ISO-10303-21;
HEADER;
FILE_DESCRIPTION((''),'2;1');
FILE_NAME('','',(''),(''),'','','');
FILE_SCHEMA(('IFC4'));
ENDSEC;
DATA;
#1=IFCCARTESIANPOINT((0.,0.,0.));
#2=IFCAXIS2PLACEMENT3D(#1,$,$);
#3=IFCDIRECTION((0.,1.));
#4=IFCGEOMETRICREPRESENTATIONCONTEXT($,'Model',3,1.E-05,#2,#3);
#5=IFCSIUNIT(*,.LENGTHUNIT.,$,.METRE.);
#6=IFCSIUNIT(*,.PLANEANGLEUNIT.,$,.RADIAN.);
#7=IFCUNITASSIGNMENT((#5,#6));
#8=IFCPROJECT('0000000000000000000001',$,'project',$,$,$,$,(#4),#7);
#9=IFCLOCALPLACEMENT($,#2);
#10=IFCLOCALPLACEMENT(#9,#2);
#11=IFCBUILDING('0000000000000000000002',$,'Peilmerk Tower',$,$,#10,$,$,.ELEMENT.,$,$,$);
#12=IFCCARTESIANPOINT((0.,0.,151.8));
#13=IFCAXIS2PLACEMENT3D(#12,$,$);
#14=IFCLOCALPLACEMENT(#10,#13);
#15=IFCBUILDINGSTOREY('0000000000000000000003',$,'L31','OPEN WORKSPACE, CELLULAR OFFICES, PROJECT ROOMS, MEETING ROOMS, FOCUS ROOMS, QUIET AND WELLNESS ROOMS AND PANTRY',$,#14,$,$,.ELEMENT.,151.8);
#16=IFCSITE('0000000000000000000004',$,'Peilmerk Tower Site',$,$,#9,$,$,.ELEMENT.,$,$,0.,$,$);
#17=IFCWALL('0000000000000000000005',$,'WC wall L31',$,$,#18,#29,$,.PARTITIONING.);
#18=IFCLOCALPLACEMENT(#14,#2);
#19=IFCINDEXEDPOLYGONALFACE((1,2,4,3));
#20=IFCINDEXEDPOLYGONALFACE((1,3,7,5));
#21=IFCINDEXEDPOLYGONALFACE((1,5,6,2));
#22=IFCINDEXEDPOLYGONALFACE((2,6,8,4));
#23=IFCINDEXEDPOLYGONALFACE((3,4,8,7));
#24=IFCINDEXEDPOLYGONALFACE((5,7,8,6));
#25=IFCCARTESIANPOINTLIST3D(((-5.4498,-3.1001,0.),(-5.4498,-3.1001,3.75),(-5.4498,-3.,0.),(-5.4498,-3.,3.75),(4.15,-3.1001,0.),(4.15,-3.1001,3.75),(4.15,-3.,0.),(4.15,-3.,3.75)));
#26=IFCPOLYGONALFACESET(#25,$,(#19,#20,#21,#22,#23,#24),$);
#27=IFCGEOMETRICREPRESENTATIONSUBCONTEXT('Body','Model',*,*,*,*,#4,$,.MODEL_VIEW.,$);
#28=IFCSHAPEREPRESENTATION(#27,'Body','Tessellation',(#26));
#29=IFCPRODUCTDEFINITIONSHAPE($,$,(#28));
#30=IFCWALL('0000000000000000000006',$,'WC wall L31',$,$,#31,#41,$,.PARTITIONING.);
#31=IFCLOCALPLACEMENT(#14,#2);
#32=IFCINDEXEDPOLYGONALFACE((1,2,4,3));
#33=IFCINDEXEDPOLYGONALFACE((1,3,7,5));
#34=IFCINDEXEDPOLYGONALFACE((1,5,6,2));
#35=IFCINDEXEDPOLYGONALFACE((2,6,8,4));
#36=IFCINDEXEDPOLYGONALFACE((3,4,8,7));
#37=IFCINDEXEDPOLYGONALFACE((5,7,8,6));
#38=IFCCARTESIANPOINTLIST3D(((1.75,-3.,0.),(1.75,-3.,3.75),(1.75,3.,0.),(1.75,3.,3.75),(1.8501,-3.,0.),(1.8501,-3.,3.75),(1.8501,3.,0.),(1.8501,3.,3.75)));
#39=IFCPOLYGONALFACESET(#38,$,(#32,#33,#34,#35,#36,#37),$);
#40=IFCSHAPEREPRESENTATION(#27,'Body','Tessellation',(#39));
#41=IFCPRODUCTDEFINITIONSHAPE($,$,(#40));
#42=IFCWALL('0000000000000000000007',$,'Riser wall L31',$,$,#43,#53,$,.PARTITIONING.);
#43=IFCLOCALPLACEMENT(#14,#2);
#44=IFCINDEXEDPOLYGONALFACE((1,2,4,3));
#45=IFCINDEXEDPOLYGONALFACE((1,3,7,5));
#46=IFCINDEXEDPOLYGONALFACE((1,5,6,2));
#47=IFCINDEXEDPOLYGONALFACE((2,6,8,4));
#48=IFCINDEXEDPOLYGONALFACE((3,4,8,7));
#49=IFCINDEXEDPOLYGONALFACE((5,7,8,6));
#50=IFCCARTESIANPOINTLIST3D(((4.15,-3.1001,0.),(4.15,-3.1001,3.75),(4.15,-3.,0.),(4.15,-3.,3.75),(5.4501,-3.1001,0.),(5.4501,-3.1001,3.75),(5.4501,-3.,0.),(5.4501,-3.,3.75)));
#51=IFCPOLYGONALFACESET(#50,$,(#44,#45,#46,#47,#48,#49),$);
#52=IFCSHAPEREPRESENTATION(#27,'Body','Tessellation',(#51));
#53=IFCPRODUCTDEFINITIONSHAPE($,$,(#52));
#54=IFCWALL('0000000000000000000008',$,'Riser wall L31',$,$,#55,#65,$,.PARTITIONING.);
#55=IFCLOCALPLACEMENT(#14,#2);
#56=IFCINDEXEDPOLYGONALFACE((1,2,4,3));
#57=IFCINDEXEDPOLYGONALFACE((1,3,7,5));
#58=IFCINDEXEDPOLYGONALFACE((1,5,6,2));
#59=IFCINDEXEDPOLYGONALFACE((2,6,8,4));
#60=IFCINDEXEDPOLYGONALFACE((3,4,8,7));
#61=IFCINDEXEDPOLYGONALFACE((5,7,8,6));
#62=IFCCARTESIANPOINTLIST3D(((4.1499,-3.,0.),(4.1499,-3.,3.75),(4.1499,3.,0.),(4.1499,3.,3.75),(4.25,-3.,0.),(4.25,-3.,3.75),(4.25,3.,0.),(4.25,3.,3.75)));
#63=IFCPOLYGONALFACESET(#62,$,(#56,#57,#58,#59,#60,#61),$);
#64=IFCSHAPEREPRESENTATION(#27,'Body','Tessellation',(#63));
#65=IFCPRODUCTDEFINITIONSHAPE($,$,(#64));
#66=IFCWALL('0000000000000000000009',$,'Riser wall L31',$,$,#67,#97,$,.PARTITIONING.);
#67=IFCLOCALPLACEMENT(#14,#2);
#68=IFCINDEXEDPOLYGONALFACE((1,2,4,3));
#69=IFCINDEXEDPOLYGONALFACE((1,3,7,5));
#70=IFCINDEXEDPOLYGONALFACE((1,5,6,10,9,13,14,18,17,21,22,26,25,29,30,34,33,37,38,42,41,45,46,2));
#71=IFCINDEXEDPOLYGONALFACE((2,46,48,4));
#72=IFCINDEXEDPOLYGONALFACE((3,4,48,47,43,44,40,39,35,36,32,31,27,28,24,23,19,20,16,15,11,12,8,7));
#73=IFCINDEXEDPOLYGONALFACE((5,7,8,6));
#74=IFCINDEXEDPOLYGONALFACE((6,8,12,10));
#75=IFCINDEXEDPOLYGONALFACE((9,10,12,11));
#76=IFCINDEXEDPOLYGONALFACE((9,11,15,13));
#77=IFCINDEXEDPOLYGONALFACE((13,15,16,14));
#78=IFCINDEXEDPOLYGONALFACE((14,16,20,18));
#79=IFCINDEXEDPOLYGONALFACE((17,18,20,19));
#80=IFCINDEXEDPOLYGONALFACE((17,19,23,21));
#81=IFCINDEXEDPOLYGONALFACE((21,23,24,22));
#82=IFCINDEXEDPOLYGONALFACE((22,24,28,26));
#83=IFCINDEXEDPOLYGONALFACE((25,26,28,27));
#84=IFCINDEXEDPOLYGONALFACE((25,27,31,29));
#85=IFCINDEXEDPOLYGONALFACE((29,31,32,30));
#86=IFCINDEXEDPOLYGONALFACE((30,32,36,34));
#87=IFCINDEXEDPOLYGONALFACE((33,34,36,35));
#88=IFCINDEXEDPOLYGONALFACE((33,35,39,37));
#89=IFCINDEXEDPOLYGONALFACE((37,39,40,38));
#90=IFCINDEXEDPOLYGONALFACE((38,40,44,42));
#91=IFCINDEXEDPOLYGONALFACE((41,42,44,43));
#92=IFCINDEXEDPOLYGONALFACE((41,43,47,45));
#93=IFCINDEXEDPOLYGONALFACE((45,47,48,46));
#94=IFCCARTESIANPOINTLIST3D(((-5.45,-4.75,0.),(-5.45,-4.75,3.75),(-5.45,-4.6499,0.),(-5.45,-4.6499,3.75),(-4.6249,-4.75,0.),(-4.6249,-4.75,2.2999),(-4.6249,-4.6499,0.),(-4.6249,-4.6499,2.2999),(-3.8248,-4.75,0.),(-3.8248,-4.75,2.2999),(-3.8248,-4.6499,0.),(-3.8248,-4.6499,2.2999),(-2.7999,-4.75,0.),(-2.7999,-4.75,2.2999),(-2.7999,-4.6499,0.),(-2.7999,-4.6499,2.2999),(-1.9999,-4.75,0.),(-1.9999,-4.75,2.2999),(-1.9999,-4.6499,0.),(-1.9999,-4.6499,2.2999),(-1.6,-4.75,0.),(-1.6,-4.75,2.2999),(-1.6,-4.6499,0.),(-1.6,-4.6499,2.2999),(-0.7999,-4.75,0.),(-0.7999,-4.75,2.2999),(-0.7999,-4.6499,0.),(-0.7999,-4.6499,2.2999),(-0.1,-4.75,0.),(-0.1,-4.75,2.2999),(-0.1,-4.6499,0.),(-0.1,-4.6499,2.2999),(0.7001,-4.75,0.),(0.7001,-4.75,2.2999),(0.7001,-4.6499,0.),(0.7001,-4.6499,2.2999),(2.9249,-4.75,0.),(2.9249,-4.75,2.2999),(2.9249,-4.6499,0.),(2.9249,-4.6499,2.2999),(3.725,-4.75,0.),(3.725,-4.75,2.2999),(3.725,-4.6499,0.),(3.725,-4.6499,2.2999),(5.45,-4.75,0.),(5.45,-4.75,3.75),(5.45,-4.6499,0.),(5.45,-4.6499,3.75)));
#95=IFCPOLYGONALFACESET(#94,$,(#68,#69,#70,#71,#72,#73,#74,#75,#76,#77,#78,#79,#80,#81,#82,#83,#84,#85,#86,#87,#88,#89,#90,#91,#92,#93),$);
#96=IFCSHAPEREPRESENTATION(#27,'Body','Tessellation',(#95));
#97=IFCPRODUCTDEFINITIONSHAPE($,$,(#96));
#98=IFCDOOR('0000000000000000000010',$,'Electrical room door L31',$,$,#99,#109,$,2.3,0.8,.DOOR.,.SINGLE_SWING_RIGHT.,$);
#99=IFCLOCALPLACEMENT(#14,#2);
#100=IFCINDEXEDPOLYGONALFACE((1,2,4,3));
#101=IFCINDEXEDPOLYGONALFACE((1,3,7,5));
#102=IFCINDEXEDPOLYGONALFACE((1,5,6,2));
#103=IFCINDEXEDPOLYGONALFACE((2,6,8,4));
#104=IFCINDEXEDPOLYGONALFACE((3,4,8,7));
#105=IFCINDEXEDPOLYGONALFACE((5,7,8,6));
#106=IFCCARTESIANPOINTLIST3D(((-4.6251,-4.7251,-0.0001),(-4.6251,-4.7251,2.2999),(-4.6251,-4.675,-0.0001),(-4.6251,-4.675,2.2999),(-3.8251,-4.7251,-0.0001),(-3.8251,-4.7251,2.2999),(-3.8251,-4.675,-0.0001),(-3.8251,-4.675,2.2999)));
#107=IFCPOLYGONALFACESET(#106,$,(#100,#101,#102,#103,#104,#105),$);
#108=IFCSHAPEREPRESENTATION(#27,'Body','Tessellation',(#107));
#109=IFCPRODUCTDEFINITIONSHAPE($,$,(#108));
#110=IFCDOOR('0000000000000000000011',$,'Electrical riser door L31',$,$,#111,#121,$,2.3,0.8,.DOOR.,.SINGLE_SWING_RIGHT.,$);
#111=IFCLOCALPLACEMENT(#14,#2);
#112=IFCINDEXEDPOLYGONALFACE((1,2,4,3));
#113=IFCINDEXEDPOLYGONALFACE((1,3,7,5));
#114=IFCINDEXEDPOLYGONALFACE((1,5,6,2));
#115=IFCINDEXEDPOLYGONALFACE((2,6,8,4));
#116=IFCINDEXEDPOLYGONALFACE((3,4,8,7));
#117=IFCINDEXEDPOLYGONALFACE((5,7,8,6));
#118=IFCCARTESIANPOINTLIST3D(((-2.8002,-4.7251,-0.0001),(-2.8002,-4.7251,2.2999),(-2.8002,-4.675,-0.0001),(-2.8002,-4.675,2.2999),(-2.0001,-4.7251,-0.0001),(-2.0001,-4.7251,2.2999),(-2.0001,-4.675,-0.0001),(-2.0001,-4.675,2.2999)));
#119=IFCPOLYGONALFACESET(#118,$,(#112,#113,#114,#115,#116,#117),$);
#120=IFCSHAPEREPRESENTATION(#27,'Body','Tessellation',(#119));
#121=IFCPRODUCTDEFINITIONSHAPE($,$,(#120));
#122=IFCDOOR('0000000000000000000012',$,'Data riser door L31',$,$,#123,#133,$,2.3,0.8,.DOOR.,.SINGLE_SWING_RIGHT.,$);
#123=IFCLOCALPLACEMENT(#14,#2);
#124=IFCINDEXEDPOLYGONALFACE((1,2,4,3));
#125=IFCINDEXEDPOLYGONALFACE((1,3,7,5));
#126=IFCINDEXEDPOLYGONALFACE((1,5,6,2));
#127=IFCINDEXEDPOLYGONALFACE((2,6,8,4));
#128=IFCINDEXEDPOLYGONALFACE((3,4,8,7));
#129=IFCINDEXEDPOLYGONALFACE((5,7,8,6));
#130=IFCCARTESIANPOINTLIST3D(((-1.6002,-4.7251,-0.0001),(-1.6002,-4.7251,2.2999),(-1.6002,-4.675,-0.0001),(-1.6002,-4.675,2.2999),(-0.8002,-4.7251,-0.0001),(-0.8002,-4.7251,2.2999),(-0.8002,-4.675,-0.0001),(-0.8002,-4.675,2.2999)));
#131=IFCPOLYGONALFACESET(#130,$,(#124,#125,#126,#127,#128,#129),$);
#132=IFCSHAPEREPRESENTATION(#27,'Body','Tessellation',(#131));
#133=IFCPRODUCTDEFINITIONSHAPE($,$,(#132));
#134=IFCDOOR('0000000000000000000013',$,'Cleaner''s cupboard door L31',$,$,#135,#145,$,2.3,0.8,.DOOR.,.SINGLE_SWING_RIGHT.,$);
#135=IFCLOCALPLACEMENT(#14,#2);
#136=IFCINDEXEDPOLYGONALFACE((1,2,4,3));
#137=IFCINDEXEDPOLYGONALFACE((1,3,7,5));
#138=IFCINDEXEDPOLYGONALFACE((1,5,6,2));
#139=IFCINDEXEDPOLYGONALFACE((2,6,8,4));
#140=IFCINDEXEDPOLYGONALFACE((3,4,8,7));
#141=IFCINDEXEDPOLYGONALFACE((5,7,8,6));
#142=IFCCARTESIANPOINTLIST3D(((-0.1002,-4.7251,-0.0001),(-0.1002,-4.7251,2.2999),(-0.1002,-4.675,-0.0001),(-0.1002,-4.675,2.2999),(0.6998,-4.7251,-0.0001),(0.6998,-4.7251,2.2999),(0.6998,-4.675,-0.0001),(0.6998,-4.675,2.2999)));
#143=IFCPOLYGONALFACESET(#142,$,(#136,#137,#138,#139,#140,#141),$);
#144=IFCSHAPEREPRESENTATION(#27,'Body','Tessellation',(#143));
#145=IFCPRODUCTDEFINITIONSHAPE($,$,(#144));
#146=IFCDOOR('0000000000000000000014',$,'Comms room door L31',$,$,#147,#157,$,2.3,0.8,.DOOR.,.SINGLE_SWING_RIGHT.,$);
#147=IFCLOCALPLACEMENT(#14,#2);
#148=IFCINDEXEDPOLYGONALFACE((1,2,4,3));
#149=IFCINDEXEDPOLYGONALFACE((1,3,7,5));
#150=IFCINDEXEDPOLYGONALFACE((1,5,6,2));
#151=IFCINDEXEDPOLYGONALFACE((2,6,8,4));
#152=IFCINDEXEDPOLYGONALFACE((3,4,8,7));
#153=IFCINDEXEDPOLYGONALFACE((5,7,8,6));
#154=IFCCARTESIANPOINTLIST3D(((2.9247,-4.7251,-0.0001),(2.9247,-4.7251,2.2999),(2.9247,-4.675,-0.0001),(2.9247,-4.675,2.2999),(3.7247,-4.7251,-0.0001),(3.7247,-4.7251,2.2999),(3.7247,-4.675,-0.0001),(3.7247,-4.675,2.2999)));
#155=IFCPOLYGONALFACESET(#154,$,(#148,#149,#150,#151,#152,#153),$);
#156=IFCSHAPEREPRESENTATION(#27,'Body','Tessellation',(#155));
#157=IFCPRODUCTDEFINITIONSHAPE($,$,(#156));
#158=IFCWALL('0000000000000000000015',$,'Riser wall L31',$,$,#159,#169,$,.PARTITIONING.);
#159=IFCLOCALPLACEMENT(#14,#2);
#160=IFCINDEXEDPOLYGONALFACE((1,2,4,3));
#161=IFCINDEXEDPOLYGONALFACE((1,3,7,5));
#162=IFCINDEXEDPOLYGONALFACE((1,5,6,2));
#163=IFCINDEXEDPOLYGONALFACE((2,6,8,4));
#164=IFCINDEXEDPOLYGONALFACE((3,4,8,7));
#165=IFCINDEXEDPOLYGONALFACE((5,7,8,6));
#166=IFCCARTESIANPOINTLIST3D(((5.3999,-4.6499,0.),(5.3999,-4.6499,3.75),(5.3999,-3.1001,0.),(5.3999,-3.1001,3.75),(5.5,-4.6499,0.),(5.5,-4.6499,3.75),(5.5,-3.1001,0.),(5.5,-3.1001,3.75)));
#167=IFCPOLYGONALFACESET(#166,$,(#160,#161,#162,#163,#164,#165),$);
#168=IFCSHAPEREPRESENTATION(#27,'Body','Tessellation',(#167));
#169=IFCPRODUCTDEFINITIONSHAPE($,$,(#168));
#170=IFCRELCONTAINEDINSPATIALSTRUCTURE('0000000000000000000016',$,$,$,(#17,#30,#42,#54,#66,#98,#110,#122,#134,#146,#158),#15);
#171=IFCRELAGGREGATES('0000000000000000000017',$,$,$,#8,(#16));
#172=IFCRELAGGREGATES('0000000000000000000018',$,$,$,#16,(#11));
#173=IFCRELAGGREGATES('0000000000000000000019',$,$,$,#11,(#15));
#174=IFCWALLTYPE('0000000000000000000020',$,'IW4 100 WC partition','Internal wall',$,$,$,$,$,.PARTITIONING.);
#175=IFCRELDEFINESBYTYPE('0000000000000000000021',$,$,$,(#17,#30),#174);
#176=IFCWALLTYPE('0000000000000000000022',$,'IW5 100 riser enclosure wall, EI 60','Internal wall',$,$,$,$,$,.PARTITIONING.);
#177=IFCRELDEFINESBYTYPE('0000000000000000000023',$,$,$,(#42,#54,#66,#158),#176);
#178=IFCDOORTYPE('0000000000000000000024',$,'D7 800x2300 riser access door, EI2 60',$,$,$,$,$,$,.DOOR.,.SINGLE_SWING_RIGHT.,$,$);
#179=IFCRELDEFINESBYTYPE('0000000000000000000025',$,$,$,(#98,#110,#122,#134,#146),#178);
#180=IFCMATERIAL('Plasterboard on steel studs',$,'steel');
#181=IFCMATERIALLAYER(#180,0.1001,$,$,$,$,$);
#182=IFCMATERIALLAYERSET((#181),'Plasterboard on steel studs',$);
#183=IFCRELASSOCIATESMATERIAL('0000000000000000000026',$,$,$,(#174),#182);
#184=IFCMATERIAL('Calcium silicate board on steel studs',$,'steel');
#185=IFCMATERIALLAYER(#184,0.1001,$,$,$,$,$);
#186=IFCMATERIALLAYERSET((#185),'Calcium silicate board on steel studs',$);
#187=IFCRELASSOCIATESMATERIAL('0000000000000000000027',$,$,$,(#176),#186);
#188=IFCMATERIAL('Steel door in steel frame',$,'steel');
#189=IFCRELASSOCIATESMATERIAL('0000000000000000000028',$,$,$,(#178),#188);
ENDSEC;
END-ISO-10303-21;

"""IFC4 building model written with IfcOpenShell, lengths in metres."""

from ifc_helpers import new_model, si_unit, direction, frame, frame_2d, origin, place, context, subcontext, project, spatial, rectangle, extrude, material, layer, layer_set, type_object, element, fill, save


model = new_model("IFC4")

# Units and contexts
model_context = context("Model", 3, precision=1e-05, world=origin(), true_north=direction((0.0, 1.0)))
body_context = subcontext(model_context, "Body", "Model", "MODEL_VIEW")
ifc_project = project(units=[si_unit("LENGTHUNIT", "METRE"), si_unit("PLANEANGLEUNIT", "RADIAN")], contexts=[model_context])

# Site, building, storey
site_placement = place(None, origin())
site = spatial("IfcSite", under=ifc_project, at=site_placement, Name="Peilmerk Tower Site", CompositionType="ELEMENT", RefElevation=0.0)
building_placement = place(site_placement, origin())
building = spatial("IfcBuilding", under=site, at=building_placement, Name="Peilmerk Tower", CompositionType="ELEMENT")
storey_placement = place(building_placement, frame((0.0, 0.0, 151.8)))
storey = spatial("IfcBuildingStorey", under=building, at=storey_placement, Name="L31", Description="OPEN WORKSPACE, CELLULAR OFFICES, PROJECT ROOMS, MEETING ROOMS, FOCUS ROOMS, QUIET AND WELLNESS ROOMS AND PANTRY", CompositionType="ELEMENT", Elevation=151.8)

# Walls
ifc_material_1 = material(Name="Plasterboard on steel studs", Category="steel")
ifc_layer_1 = layer(ifc_material_1, 0.1001)
ifc_layer_set_1 = layer_set([ifc_layer_1], Name="Plasterboard on steel studs")
wall_type_1 = type_object("IfcWallType", Name="IW4 100 WC partition", Description="Internal wall", PredefinedType="PARTITIONING", material=ifc_layer_set_1)
wall_1_placement = place(storey_placement, frame((4.1499, -3.05, 0.0), z_axis=(0.0, 0.0, 1.0), x_axis=(-1.0, 0.0, 0.0)))
element("IfcWall", 1, at=wall_1_placement, inside=storey, type_object=wall_type_1, Name="WC wall L31", PredefinedType="PARTITIONING", context=body_context, shape_type="SweptSolid", body=[
    extrude(rectangle(XDim=9.5999, YDim=0.1001, at=frame_2d((4.7998, 0.0))), origin(), (0.0, 0.0, 1.0), 3.75),
])
wall_2_placement = place(storey_placement, frame((1.8, -3.0, 0.0), z_axis=(0.0, 0.0, 1.0), x_axis=(0.0, 1.0, 0.0)))
element("IfcWall", 2, at=wall_2_placement, inside=storey, type_object=wall_type_1, Name="WC wall L31", PredefinedType="PARTITIONING", context=body_context, shape_type="SweptSolid", body=[
    extrude(rectangle(XDim=6.0, YDim=0.1001, at=frame_2d((3.0, 0.0))), origin(), (0.0, 0.0, 1.0), 3.75),
])
ifc_material_2 = material(Name="Calcium silicate board on steel studs", Category="steel")
ifc_layer_2 = layer(ifc_material_2, 0.1001)
ifc_layer_set_2 = layer_set([ifc_layer_2], Name="Calcium silicate board on steel studs")
wall_type_2 = type_object("IfcWallType", Name="IW5 100 riser enclosure wall, EI 60", Description="Internal wall", PredefinedType="PARTITIONING", material=ifc_layer_set_2)
wall_3_placement = place(storey_placement, frame((5.45, -3.05, 0.0), z_axis=(0.0, 0.0, 1.0), x_axis=(-1.0, 0.0, 0.0)))
element("IfcWall", 3, at=wall_3_placement, inside=storey, type_object=wall_type_2, Name="Riser wall L31", PredefinedType="PARTITIONING", context=body_context, shape_type="SweptSolid", body=[
    extrude(rectangle(XDim=1.3, YDim=0.1001, at=frame_2d((0.6499, 0.0))), origin(), (0.0, 0.0, 1.0), 3.75),
])
wall_4_placement = place(storey_placement, frame((4.2, -3.0, 0.0), z_axis=(0.0, 0.0, 1.0), x_axis=(0.0, 1.0, 0.0)))
element("IfcWall", 4, at=wall_4_placement, inside=storey, type_object=wall_type_2, Name="Riser wall L31", PredefinedType="PARTITIONING", context=body_context, shape_type="SweptSolid", body=[
    extrude(rectangle(XDim=6.0, YDim=0.1001, at=frame_2d((3.0, 0.0))), origin(), (0.0, 0.0, 1.0), 3.75),
])

# Wall, openings, doors
wall_5_placement = place(storey_placement, frame((5.45, -4.7, 0.0), z_axis=(0.0, 0.0, 1.0), x_axis=(-1.0, 0.0, 0.0)))
wall_5 = element("IfcWall", 5, at=wall_5_placement, inside=storey, type_object=wall_type_2, Name="Riser wall L31", PredefinedType="PARTITIONING", context=body_context, shape_type="SweptSolid", body=[
    extrude(rectangle(XDim=10.8999, YDim=0.1001, at=frame_2d((5.45, 0.0))), origin(), (0.0, 0.0, 1.0), 3.75),
])
opening_1_placement = place(wall_5_placement, frame((9.2749, 0.0, 0.0)))
opening_1 = element("IfcOpeningElement", 6, at=opening_1_placement, cuts=wall_5, PredefinedType="OPENING", context=body_context, shape_type="SweptSolid", body=[
    extrude(rectangle(XDim=0.8, YDim=2.3, at=frame_2d((0.3999, 1.1499))), frame((0.0, 0.0601, 0.0), z_axis=(0.0, -1.0, 0.0), x_axis=(1.0, 0.0, 0.0)), (0.0, 0.0, 1.0), 0.1201),
])
opening_2_placement = place(wall_5_placement, frame((7.45, 0.0, 0.0)))
opening_2 = element("IfcOpeningElement", 7, at=opening_2_placement, cuts=wall_5, PredefinedType="OPENING", context=body_context, shape_type="SweptSolid", body=[
    extrude(rectangle(XDim=0.8, YDim=2.3, at=frame_2d((0.3999, 1.1499))), frame((0.0, 0.0601, 0.0), z_axis=(0.0, -1.0, 0.0), x_axis=(1.0, 0.0, 0.0)), (0.0, 0.0, 1.0), 0.1201),
])
opening_3_placement = place(wall_5_placement, frame((6.25, 0.0, 0.0)))
opening_3 = element("IfcOpeningElement", 8, at=opening_3_placement, cuts=wall_5, PredefinedType="OPENING", context=body_context, shape_type="SweptSolid", body=[
    extrude(rectangle(XDim=0.8, YDim=2.3, at=frame_2d((0.3999, 1.1499))), frame((0.0, 0.0601, 0.0), z_axis=(0.0, -1.0, 0.0), x_axis=(1.0, 0.0, 0.0)), (0.0, 0.0, 1.0), 0.1201),
])
opening_4_placement = place(wall_5_placement, frame((4.75, 0.0, 0.0)))
opening_4 = element("IfcOpeningElement", 9, at=opening_4_placement, cuts=wall_5, PredefinedType="OPENING", context=body_context, shape_type="SweptSolid", body=[
    extrude(rectangle(XDim=0.8, YDim=2.3, at=frame_2d((0.3999, 1.1499))), frame((0.0, 0.0601, 0.0), z_axis=(0.0, -1.0, 0.0), x_axis=(1.0, 0.0, 0.0)), (0.0, 0.0, 1.0), 0.1201),
])
opening_5_placement = place(wall_5_placement, frame((1.7251, 0.0, 0.0)))
opening_5 = element("IfcOpeningElement", 10, at=opening_5_placement, cuts=wall_5, PredefinedType="OPENING", context=body_context, shape_type="SweptSolid", body=[
    extrude(rectangle(XDim=0.8, YDim=2.3, at=frame_2d((0.3999, 1.1499))), frame((0.0, 0.0601, 0.0), z_axis=(0.0, -1.0, 0.0), x_axis=(1.0, 0.0, 0.0)), (0.0, 0.0, 1.0), 0.1201),
])
ifc_material_3 = material(Name="Steel door in steel frame", Category="steel")
door_type_1 = type_object("IfcDoorType", Name="D7 800x2300 riser access door, EI2 60", OperationType="SINGLE_SWING_RIGHT", PredefinedType="DOOR", material=ifc_material_3)
door_1_placement = place(opening_1_placement, frame((0.8, 0.0, 0.0), z_axis=(0.0, 0.0, 1.0), x_axis=(-1.0, 0.0, 0.0)))
door_1 = element("IfcDoor", 11, at=door_1_placement, inside=storey, type_object=door_type_1, Name="Electrical room door L31", OperationType="SINGLE_SWING_RIGHT", OverallHeight=2.3, OverallWidth=0.8, PredefinedType="DOOR", context=body_context, shape_type="SweptSolid", body=[
    extrude(rectangle(XDim=0.8, YDim=2.3, at=frame_2d((0.3999, 1.1499))), frame((0.0, 0.0249, 0.0), z_axis=(0.0, -1.0, 0.0), x_axis=(1.0, 0.0, 0.0)), (0.0, 0.0, 1.0), 0.05),
])
fill(opening_1, door_1)
door_2_placement = place(opening_2_placement, frame((0.8, 0.0, 0.0), z_axis=(0.0, 0.0, 1.0), x_axis=(-1.0, 0.0, 0.0)))
door_2 = element("IfcDoor", 12, at=door_2_placement, inside=storey, type_object=door_type_1, Name="Electrical riser door L31", OperationType="SINGLE_SWING_RIGHT", OverallHeight=2.3, OverallWidth=0.8, PredefinedType="DOOR", context=body_context, shape_type="SweptSolid", body=[
    extrude(rectangle(XDim=0.8, YDim=2.3, at=frame_2d((0.3999, 1.1499))), frame((0.0, 0.0249, 0.0), z_axis=(0.0, -1.0, 0.0), x_axis=(1.0, 0.0, 0.0)), (0.0, 0.0, 1.0), 0.05),
])
fill(opening_2, door_2)
door_3_placement = place(opening_3_placement, frame((0.8, 0.0, 0.0), z_axis=(0.0, 0.0, 1.0), x_axis=(-1.0, 0.0, 0.0)))
door_3 = element("IfcDoor", 13, at=door_3_placement, inside=storey, type_object=door_type_1, Name="Data riser door L31", OperationType="SINGLE_SWING_RIGHT", OverallHeight=2.3, OverallWidth=0.8, PredefinedType="DOOR", context=body_context, shape_type="SweptSolid", body=[
    extrude(rectangle(XDim=0.8, YDim=2.3, at=frame_2d((0.3999, 1.1499))), frame((0.0, 0.0249, 0.0), z_axis=(0.0, -1.0, 0.0), x_axis=(1.0, 0.0, 0.0)), (0.0, 0.0, 1.0), 0.05),
])
fill(opening_3, door_3)
door_4_placement = place(opening_4_placement, frame((0.8, 0.0, 0.0), z_axis=(0.0, 0.0, 1.0), x_axis=(-1.0, 0.0, 0.0)))
door_4 = element("IfcDoor", 14, at=door_4_placement, inside=storey, type_object=door_type_1, Name="Cleaner's cupboard door L31", OperationType="SINGLE_SWING_RIGHT", OverallHeight=2.3, OverallWidth=0.8, PredefinedType="DOOR", context=body_context, shape_type="SweptSolid", body=[
    extrude(rectangle(XDim=0.8, YDim=2.3, at=frame_2d((0.3999, 1.1499))), frame((0.0, 0.0249, 0.0), z_axis=(0.0, -1.0, 0.0), x_axis=(1.0, 0.0, 0.0)), (0.0, 0.0, 1.0), 0.05),
])
fill(opening_4, door_4)
door_5_placement = place(opening_5_placement, frame((0.8, 0.0, 0.0), z_axis=(0.0, 0.0, 1.0), x_axis=(-1.0, 0.0, 0.0)))
door_5 = element("IfcDoor", 15, at=door_5_placement, inside=storey, type_object=door_type_1, Name="Comms room door L31", OperationType="SINGLE_SWING_RIGHT", OverallHeight=2.3, OverallWidth=0.8, PredefinedType="DOOR", context=body_context, shape_type="SweptSolid", body=[
    extrude(rectangle(XDim=0.8, YDim=2.3, at=frame_2d((0.3999, 1.1499))), frame((0.0, 0.0249, 0.0), z_axis=(0.0, -1.0, 0.0), x_axis=(1.0, 0.0, 0.0)), (0.0, 0.0, 1.0), 0.05),
])
fill(opening_5, door_5)

# Wall
for number, where, z_axis, x_axis, name in (
    (16, (5.45, -3.1001, 0.0), (0.0, 0.0, 1.0), (0.0, -1.0, 0.0), "Riser wall L31"),
):
    element("IfcWall", number, at=place(storey_placement, frame(where, z_axis=z_axis, x_axis=x_axis)), inside=storey, type_object=wall_type_2, Name=name, PredefinedType="PARTITIONING", context=body_context, shape_type="SweptSolid", body=[
        extrude(rectangle(XDim=1.5498, YDim=0.1001, at=frame_2d((0.7749, 0.0))), origin(), (0.0, 0.0, 1.0), 3.75),
    ])

save(model, "model.ifc")
